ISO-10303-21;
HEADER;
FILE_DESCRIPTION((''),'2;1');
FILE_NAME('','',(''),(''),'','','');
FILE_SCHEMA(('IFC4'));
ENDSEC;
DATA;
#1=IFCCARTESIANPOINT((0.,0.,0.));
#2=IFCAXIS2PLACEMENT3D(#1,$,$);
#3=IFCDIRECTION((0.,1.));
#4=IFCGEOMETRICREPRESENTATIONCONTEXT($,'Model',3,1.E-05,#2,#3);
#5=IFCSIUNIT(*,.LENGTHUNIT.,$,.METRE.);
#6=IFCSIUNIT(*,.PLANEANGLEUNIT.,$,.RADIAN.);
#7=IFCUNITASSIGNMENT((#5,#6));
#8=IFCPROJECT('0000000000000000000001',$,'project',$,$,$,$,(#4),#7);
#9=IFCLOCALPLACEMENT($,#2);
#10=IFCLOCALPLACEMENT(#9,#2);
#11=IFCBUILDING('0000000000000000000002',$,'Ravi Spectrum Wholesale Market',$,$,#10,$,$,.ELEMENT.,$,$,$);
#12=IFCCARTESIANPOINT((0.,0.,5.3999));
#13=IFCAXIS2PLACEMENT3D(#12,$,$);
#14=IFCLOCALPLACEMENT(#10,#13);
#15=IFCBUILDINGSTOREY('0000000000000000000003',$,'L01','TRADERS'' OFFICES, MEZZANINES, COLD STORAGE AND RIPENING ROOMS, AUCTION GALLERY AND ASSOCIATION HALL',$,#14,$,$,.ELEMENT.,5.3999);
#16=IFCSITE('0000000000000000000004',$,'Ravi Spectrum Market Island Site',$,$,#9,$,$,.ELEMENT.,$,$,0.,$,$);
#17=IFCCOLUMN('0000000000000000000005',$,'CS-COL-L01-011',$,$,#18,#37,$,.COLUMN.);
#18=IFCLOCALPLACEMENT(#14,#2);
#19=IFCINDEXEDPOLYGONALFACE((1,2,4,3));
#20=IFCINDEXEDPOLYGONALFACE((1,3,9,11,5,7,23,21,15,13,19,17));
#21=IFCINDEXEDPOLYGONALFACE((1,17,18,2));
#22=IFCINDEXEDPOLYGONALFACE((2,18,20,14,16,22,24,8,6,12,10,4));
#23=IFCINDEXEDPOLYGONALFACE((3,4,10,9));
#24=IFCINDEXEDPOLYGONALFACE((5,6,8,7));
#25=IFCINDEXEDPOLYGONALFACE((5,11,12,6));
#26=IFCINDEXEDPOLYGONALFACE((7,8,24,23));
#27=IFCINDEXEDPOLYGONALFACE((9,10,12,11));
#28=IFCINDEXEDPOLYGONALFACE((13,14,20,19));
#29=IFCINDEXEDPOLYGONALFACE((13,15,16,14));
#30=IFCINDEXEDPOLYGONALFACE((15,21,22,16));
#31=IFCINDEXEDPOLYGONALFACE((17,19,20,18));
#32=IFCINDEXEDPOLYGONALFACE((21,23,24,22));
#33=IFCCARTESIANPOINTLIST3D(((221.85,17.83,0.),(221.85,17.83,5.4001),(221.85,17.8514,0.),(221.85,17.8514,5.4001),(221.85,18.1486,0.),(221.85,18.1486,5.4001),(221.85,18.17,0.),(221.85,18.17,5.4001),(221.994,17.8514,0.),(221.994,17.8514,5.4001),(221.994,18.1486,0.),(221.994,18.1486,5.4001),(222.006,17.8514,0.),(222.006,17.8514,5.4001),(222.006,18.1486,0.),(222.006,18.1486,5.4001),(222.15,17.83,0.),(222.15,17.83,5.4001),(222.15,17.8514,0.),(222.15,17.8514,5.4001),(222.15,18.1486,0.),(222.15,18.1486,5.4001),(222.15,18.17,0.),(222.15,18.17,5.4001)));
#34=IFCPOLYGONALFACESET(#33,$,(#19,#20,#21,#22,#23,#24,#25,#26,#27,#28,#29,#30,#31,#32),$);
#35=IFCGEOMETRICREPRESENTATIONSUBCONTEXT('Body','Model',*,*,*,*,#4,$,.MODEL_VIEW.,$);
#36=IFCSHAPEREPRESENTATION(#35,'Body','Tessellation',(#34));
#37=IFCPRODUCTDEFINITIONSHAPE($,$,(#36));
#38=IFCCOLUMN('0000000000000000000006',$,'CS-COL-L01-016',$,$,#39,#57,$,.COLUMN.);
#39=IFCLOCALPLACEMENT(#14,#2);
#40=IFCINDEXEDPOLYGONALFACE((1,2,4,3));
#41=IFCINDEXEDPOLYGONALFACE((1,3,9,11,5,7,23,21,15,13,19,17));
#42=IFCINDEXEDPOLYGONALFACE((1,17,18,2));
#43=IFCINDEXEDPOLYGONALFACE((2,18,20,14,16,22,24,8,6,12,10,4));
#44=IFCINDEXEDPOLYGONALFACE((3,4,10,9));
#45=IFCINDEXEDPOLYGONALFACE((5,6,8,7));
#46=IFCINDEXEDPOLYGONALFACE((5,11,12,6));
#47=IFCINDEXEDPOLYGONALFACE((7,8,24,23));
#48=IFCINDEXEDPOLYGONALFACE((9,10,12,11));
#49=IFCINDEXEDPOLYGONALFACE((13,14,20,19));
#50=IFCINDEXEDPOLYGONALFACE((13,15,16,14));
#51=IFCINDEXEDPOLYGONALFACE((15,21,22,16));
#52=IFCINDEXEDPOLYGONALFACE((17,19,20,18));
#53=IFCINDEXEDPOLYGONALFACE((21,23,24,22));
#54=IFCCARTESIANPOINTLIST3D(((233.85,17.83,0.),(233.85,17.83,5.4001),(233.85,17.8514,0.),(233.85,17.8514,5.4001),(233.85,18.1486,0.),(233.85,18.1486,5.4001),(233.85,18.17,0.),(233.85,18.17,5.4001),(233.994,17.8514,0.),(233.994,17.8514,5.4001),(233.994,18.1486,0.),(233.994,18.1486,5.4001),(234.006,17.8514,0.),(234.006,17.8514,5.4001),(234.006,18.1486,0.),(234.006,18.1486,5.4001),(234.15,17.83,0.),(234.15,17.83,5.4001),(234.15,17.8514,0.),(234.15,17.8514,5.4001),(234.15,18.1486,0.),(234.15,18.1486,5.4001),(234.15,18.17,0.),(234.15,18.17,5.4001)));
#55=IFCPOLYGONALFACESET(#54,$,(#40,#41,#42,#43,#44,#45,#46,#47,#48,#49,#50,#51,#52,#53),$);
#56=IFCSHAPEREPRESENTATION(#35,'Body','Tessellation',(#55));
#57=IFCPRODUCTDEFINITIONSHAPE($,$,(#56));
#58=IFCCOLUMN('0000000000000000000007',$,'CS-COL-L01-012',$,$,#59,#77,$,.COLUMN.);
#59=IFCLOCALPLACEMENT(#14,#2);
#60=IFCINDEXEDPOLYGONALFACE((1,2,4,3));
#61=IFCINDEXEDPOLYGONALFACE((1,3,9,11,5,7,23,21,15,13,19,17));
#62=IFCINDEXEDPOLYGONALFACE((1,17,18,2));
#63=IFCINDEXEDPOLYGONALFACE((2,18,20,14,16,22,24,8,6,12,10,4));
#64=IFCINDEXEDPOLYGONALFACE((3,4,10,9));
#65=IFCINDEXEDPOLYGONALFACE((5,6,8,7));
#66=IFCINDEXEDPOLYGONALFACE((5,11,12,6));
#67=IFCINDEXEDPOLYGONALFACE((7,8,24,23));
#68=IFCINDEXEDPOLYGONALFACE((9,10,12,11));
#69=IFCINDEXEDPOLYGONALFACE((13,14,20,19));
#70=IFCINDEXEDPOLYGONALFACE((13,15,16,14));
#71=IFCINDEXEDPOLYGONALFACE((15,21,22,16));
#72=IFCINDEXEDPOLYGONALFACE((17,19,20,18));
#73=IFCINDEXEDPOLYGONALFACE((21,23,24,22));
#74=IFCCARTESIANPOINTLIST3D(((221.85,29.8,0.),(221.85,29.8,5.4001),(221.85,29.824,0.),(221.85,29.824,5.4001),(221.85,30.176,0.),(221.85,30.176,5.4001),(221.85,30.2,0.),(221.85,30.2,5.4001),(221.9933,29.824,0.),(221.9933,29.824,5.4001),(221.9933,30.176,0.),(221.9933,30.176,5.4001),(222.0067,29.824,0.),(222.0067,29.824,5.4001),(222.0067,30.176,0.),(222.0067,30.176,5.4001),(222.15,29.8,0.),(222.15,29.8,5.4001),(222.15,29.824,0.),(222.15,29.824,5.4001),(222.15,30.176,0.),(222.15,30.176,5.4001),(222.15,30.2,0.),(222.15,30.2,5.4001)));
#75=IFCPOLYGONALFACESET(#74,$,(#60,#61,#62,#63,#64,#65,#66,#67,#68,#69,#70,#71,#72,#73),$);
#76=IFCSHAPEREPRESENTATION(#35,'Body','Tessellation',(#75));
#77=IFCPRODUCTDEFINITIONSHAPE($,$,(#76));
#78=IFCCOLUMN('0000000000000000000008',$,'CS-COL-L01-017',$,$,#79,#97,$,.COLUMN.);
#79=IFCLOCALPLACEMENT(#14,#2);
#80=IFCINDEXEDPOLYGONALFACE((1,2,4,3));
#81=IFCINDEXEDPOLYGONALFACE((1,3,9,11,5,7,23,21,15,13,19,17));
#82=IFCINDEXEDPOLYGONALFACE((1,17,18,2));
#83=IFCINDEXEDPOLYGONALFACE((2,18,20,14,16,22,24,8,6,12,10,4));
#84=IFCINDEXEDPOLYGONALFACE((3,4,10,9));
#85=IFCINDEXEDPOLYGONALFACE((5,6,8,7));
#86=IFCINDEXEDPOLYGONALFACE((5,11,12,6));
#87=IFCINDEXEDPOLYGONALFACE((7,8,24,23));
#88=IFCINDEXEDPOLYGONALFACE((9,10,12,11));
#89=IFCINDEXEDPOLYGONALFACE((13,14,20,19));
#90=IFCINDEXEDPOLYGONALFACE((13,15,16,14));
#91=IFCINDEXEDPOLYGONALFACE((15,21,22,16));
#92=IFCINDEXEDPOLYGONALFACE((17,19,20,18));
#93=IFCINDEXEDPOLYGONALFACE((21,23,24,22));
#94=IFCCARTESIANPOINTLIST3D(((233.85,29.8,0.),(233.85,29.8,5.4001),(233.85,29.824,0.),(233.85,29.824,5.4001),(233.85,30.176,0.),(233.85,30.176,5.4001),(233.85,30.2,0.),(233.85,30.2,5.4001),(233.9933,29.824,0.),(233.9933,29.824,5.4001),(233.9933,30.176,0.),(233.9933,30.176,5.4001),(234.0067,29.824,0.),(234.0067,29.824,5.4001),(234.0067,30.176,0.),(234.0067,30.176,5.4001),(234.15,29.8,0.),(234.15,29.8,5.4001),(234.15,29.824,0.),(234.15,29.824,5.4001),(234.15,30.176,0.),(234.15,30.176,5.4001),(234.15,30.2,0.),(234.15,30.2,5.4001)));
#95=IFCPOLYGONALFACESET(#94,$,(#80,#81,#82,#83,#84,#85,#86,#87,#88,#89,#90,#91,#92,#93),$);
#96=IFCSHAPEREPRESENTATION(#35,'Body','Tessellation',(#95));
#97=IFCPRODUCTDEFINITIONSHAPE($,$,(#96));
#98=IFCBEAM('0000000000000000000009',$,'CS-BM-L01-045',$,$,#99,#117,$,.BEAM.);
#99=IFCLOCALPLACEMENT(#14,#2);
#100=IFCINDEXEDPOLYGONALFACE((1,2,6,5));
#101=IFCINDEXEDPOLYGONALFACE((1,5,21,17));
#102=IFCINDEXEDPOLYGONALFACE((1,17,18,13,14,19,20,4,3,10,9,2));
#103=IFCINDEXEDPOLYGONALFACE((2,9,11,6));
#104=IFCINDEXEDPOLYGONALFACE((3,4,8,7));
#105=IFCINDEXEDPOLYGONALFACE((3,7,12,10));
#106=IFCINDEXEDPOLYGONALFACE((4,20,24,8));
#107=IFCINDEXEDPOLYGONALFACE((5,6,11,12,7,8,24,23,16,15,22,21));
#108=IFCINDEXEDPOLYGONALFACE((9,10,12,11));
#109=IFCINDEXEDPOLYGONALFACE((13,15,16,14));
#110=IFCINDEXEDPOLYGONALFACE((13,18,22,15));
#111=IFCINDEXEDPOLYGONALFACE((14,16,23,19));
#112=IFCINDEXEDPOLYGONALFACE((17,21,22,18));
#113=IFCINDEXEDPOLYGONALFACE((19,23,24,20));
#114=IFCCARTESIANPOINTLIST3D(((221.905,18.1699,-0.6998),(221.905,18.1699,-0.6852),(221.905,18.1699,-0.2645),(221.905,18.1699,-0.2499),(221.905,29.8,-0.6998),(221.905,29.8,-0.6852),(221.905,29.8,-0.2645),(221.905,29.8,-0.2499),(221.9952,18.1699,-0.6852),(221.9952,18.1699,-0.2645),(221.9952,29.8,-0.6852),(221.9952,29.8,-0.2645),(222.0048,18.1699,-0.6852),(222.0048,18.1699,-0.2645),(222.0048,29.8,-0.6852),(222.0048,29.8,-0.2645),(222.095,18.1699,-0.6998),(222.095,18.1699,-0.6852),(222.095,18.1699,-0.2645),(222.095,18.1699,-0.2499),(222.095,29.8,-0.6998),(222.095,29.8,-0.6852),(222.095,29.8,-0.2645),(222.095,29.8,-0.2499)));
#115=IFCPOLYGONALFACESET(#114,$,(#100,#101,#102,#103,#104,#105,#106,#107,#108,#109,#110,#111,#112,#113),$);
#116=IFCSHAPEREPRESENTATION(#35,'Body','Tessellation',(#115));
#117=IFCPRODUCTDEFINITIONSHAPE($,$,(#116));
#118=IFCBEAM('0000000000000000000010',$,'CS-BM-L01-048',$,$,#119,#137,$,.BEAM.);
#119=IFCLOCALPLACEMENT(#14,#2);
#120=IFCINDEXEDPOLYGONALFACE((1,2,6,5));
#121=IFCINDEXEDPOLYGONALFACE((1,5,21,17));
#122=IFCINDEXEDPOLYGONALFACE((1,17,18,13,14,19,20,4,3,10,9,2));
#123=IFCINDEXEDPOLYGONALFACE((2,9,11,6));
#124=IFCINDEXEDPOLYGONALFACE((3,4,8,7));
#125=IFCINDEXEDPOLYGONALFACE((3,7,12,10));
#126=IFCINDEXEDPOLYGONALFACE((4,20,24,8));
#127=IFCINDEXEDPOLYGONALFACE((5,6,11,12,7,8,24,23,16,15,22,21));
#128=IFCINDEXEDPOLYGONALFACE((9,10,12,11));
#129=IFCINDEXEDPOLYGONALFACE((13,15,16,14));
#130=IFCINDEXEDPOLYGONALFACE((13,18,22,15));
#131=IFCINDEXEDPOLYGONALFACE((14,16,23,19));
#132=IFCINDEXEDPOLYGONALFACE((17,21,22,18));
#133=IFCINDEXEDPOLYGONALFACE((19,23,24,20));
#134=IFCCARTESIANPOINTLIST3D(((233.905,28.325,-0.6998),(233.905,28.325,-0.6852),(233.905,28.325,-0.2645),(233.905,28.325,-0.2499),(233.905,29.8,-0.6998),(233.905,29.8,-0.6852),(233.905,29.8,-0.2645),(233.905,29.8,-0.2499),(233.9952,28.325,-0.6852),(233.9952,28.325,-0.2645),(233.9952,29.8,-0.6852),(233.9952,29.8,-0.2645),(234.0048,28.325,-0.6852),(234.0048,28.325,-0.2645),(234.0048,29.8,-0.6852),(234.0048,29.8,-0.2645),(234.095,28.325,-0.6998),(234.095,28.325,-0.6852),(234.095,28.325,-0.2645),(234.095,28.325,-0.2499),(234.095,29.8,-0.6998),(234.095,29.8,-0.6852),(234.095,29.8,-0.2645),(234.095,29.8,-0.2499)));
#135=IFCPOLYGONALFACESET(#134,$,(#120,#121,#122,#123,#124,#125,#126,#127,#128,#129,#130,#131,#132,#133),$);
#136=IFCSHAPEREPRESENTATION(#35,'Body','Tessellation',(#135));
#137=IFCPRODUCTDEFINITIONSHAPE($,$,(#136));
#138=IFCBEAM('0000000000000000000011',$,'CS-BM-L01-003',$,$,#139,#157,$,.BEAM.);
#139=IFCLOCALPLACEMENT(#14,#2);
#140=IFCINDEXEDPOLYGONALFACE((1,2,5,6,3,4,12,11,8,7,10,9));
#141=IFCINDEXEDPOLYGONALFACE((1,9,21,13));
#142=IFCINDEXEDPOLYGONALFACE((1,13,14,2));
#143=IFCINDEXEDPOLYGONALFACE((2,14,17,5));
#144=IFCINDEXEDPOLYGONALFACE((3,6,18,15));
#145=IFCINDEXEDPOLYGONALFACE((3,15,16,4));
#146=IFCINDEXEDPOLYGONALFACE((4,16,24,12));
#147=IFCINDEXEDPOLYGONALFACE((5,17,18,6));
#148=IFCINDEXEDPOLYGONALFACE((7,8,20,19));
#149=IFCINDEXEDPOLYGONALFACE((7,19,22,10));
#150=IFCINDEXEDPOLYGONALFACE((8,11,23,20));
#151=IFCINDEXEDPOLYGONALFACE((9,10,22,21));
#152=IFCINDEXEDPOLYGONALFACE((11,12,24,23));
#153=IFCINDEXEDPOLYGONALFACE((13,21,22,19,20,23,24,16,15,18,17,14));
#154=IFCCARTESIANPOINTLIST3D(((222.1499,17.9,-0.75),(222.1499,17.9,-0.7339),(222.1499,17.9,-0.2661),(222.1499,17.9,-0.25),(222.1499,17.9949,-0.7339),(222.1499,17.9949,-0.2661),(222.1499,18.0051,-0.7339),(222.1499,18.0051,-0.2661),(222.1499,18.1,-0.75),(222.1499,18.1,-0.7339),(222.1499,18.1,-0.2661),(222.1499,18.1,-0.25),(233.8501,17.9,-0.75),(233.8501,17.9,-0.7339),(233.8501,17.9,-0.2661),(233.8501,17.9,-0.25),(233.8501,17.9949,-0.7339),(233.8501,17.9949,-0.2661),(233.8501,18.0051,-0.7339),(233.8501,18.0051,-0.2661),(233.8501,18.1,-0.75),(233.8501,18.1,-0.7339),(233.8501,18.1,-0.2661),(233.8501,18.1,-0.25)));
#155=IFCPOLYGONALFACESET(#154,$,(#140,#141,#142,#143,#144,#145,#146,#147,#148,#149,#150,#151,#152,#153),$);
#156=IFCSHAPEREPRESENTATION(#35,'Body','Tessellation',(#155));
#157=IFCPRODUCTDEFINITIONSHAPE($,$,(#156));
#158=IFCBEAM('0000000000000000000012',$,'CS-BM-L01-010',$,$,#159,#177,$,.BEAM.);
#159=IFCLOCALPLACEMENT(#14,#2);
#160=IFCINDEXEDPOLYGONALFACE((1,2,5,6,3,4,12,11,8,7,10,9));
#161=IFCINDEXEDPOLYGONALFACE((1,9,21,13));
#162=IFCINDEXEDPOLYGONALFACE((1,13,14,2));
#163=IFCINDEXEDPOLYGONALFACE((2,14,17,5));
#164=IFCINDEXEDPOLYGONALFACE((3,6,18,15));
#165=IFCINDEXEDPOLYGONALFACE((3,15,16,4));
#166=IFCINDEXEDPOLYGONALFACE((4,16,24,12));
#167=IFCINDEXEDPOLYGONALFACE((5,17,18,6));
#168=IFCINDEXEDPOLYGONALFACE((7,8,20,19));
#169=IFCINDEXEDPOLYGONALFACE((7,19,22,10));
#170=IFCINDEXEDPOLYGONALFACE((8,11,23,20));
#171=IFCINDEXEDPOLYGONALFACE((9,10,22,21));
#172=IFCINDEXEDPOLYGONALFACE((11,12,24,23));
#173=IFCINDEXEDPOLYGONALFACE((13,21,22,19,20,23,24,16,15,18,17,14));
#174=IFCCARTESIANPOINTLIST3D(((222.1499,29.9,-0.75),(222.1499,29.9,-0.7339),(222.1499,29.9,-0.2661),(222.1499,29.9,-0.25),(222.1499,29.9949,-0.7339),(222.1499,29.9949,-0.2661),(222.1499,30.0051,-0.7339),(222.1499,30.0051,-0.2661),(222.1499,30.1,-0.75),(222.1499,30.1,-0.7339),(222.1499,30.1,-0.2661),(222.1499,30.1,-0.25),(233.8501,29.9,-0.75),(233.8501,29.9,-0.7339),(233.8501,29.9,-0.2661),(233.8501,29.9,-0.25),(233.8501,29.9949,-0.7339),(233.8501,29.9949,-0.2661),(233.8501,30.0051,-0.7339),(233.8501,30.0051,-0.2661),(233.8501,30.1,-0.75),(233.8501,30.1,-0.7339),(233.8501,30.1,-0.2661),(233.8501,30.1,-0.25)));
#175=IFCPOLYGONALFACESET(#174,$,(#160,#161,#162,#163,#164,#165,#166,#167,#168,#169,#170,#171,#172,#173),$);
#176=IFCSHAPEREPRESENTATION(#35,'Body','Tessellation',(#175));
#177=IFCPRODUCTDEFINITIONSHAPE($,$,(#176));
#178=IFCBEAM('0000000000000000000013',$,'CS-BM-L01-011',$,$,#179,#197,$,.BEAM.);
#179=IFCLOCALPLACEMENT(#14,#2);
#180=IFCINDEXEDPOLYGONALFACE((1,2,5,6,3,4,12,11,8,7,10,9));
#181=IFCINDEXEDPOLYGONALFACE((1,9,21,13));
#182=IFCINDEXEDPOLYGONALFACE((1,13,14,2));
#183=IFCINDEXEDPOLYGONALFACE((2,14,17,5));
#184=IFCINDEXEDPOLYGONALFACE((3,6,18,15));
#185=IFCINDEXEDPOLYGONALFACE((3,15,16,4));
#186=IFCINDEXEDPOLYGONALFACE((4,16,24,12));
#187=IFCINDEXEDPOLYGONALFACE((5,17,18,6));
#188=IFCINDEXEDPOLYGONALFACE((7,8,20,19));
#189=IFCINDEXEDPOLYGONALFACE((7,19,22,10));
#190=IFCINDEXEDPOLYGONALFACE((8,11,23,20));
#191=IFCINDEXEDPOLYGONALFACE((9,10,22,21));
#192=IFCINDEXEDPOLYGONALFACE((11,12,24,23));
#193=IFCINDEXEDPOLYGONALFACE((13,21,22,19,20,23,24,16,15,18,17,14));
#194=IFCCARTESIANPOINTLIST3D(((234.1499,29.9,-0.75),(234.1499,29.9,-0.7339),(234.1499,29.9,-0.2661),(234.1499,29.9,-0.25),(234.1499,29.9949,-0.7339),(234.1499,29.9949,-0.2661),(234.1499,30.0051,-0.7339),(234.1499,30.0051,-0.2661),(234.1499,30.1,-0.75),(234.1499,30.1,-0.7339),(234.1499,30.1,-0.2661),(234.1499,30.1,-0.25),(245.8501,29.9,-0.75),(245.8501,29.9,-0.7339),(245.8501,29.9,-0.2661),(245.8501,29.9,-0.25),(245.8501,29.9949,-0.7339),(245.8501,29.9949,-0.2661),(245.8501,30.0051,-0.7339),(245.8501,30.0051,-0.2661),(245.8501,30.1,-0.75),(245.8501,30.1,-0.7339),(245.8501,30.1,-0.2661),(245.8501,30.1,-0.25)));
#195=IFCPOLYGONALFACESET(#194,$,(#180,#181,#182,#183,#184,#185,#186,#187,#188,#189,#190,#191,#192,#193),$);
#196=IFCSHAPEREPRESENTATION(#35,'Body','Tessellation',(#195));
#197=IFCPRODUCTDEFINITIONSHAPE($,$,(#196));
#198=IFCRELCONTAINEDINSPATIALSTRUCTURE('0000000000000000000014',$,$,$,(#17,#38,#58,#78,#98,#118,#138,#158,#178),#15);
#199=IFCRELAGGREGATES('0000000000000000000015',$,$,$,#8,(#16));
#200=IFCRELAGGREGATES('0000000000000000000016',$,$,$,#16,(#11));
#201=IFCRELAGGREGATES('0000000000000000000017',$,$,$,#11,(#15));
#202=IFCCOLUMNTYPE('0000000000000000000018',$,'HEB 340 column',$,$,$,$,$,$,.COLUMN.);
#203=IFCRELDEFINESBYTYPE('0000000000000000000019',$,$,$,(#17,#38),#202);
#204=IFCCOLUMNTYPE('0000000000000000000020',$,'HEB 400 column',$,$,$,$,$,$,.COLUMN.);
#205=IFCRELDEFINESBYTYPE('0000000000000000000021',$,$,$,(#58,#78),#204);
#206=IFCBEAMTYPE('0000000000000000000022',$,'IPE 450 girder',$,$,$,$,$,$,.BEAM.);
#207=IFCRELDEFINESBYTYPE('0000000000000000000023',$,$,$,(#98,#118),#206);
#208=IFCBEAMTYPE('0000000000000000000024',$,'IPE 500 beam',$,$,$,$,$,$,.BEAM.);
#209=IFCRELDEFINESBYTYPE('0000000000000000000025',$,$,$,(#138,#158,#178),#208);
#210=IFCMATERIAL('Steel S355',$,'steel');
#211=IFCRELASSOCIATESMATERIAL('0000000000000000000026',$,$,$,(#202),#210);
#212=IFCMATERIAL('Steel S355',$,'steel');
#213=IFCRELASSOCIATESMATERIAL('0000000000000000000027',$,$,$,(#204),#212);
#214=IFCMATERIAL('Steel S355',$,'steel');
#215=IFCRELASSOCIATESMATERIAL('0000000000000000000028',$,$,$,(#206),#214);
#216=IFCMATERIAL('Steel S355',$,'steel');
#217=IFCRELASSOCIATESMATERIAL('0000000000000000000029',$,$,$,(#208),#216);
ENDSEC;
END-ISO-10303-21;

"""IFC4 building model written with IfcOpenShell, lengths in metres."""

from ifc_helpers import new_model, si_unit, direction, frame, origin, origin_2d, place, context, subcontext, project, spatial, i_section, extrude, material, material_profile, profile_set, type_object, element, save


model = new_model("IFC4")

# Units and contexts
model_context = context("Model", 3, precision=1e-05, world=origin(), true_north=direction((0.0, 1.0)))
body_context = subcontext(model_context, "Body", "Model", "MODEL_VIEW")
ifc_project = project(units=[si_unit("LENGTHUNIT", "METRE"), si_unit("PLANEANGLEUNIT", "RADIAN")], contexts=[model_context])

# Site, building, storey
site_placement = place(None, origin())
site = spatial("IfcSite", under=ifc_project, at=site_placement, Name="Ravi Spectrum Market Island Site", CompositionType="ELEMENT", RefElevation=0.0)
building_placement = place(site_placement, origin())
building = spatial("IfcBuilding", under=site, at=building_placement, Name="Ravi Spectrum Wholesale Market", CompositionType="ELEMENT")
storey_placement = place(building_placement, frame((0.0, 0.0, 5.3999)))
storey = spatial("IfcBuildingStorey", under=building, at=storey_placement, Name="L01", Description="TRADERS' OFFICES, MEZZANINES, COLD STORAGE AND RIPENING ROOMS, AUCTION GALLERY AND ASSOCIATION HALL", CompositionType="ELEMENT", Elevation=5.3999)

# Columns
ifc_material_1 = material(Name="Steel S355", Category="steel")
ifc_material_profile_1 = material_profile(ifc_material_1, i_section(OverallWidth=0.3, OverallDepth=0.3401, WebThickness=0.012, FlangeThickness=0.0215, at=origin_2d()))
ifc_profile_set_1 = profile_set([ifc_material_profile_1], Name="Steel S355")
column_type_1 = type_object("IfcColumnType", Name="HEB 340 column", PredefinedType="COLUMN", material=ifc_profile_set_1)
for number, where, z_axis, x_axis, name in (
    (1, (222.0, 18.0, 0.0), (0.0, 0.0, 1.0), (1.0, 0.0, 0.0), "CS-COL-L01-011"),
    (2, (234.0, 18.0, 0.0), (0.0, 0.0, 1.0), (1.0, 0.0, 0.0), "CS-COL-L01-016"),
):
    element("IfcColumn", number, at=place(storey_placement, frame(where, z_axis=z_axis, x_axis=x_axis)), inside=storey, type_object=column_type_1, Name=name, PredefinedType="COLUMN", context=body_context, shape_type="SweptSolid", body=[
        extrude(i_section(OverallWidth=0.3, OverallDepth=0.3401, WebThickness=0.012, FlangeThickness=0.0215, at=origin_2d()), origin(), (0.0, 0.0, 1.0), 5.4001),
    ])
ifc_material_2 = material(Name="Steel S355", Category="steel")
ifc_material_profile_2 = material_profile(ifc_material_2, i_section(OverallWidth=0.3, OverallDepth=0.3999, WebThickness=0.0134, FlangeThickness=0.0239, at=origin_2d()))
ifc_profile_set_2 = profile_set([ifc_material_profile_2], Name="Steel S355")
column_type_2 = type_object("IfcColumnType", Name="HEB 400 column", PredefinedType="COLUMN", material=ifc_profile_set_2)
for number, where, z_axis, x_axis, name in (
    (3, (222.0, 30.0, 0.0), (0.0, 0.0, 1.0), (1.0, 0.0, 0.0), "CS-COL-L01-012"),
    (4, (234.0, 30.0, 0.0), (0.0, 0.0, 1.0), (1.0, 0.0, 0.0), "CS-COL-L01-017"),
):
    element("IfcColumn", number, at=place(storey_placement, frame(where, z_axis=z_axis, x_axis=x_axis)), inside=storey, type_object=column_type_2, Name=name, PredefinedType="COLUMN", context=body_context, shape_type="SweptSolid", body=[
        extrude(i_section(OverallWidth=0.3, OverallDepth=0.3999, WebThickness=0.0134, FlangeThickness=0.0239, at=origin_2d()), origin(), (0.0, 0.0, 1.0), 5.4001),
    ])

# Beams
ifc_material_3 = material(Name="Steel S355", Category="steel")
ifc_material_profile_3 = material_profile(ifc_material_3, i_section(OverallWidth=0.1899, OverallDepth=0.45, WebThickness=0.0095, FlangeThickness=0.0146, at=origin_2d()))
ifc_profile_set_3 = profile_set([ifc_material_profile_3], Name="Steel S355")
beam_type_1 = type_object("IfcBeamType", Name="IPE 450 girder", PredefinedType="BEAM", material=ifc_profile_set_3)
beam_1_placement = place(storey_placement, frame((222.0, 18.1699, -0.4749), z_axis=(0.0, 1.0, 0.0), x_axis=(-1.0, 0.0, 0.0)))
element("IfcBeam", 5, at=beam_1_placement, inside=storey, type_object=beam_type_1, Name="CS-BM-L01-045", PredefinedType="BEAM", context=body_context, shape_type="SweptSolid", body=[
    extrude(i_section(OverallWidth=0.1899, OverallDepth=0.45, WebThickness=0.0095, FlangeThickness=0.0146, at=origin_2d()), origin(), (0.0, 0.0, 1.0), 11.6301),
])
beam_2_placement = place(storey_placement, frame((234.0, 28.325, -0.4749), z_axis=(0.0, 1.0, 0.0), x_axis=(-1.0, 0.0, 0.0)))
element("IfcBeam", 6, at=beam_2_placement, inside=storey, type_object=beam_type_1, Name="CS-BM-L01-048", PredefinedType="BEAM", context=body_context, shape_type="SweptSolid", body=[
    extrude(i_section(OverallWidth=0.1899, OverallDepth=0.45, WebThickness=0.0095, FlangeThickness=0.0146, at=origin_2d()), origin(), (0.0, 0.0, 1.0), 1.4751),
])
ifc_material_4 = material(Name="Steel S355", Category="steel")
ifc_material_profile_4 = material_profile(ifc_material_4, i_section(OverallWidth=0.2, OverallDepth=0.5, WebThickness=0.0103, FlangeThickness=0.0161, at=origin_2d()))
ifc_profile_set_4 = profile_set([ifc_material_profile_4], Name="Steel S355")
beam_type_2 = type_object("IfcBeamType", Name="IPE 500 beam", PredefinedType="BEAM", material=ifc_profile_set_4)
for number, where, z_axis, x_axis, name in (
    (7, (222.1499, 18.0, -0.5), (1.0, 0.0, 0.0), (0.0, 1.0, 0.0), "CS-BM-L01-003"),
    (8, (222.1499, 30.0, -0.5), (1.0, 0.0, 0.0), (0.0, 1.0, 0.0), "CS-BM-L01-010"),
    (9, (234.1499, 30.0, -0.5), (1.0, 0.0, 0.0), (0.0, 1.0, 0.0), "CS-BM-L01-011"),
):
    element("IfcBeam", number, at=place(storey_placement, frame(where, z_axis=z_axis, x_axis=x_axis)), inside=storey, type_object=beam_type_2, Name=name, PredefinedType="BEAM", context=body_context, shape_type="SweptSolid", body=[
        extrude(i_section(OverallWidth=0.2, OverallDepth=0.5, WebThickness=0.0103, FlangeThickness=0.0161, at=origin_2d()), origin(), (0.0, 0.0, 1.0), 11.7002),
    ])

save(model, "model.ifc")
